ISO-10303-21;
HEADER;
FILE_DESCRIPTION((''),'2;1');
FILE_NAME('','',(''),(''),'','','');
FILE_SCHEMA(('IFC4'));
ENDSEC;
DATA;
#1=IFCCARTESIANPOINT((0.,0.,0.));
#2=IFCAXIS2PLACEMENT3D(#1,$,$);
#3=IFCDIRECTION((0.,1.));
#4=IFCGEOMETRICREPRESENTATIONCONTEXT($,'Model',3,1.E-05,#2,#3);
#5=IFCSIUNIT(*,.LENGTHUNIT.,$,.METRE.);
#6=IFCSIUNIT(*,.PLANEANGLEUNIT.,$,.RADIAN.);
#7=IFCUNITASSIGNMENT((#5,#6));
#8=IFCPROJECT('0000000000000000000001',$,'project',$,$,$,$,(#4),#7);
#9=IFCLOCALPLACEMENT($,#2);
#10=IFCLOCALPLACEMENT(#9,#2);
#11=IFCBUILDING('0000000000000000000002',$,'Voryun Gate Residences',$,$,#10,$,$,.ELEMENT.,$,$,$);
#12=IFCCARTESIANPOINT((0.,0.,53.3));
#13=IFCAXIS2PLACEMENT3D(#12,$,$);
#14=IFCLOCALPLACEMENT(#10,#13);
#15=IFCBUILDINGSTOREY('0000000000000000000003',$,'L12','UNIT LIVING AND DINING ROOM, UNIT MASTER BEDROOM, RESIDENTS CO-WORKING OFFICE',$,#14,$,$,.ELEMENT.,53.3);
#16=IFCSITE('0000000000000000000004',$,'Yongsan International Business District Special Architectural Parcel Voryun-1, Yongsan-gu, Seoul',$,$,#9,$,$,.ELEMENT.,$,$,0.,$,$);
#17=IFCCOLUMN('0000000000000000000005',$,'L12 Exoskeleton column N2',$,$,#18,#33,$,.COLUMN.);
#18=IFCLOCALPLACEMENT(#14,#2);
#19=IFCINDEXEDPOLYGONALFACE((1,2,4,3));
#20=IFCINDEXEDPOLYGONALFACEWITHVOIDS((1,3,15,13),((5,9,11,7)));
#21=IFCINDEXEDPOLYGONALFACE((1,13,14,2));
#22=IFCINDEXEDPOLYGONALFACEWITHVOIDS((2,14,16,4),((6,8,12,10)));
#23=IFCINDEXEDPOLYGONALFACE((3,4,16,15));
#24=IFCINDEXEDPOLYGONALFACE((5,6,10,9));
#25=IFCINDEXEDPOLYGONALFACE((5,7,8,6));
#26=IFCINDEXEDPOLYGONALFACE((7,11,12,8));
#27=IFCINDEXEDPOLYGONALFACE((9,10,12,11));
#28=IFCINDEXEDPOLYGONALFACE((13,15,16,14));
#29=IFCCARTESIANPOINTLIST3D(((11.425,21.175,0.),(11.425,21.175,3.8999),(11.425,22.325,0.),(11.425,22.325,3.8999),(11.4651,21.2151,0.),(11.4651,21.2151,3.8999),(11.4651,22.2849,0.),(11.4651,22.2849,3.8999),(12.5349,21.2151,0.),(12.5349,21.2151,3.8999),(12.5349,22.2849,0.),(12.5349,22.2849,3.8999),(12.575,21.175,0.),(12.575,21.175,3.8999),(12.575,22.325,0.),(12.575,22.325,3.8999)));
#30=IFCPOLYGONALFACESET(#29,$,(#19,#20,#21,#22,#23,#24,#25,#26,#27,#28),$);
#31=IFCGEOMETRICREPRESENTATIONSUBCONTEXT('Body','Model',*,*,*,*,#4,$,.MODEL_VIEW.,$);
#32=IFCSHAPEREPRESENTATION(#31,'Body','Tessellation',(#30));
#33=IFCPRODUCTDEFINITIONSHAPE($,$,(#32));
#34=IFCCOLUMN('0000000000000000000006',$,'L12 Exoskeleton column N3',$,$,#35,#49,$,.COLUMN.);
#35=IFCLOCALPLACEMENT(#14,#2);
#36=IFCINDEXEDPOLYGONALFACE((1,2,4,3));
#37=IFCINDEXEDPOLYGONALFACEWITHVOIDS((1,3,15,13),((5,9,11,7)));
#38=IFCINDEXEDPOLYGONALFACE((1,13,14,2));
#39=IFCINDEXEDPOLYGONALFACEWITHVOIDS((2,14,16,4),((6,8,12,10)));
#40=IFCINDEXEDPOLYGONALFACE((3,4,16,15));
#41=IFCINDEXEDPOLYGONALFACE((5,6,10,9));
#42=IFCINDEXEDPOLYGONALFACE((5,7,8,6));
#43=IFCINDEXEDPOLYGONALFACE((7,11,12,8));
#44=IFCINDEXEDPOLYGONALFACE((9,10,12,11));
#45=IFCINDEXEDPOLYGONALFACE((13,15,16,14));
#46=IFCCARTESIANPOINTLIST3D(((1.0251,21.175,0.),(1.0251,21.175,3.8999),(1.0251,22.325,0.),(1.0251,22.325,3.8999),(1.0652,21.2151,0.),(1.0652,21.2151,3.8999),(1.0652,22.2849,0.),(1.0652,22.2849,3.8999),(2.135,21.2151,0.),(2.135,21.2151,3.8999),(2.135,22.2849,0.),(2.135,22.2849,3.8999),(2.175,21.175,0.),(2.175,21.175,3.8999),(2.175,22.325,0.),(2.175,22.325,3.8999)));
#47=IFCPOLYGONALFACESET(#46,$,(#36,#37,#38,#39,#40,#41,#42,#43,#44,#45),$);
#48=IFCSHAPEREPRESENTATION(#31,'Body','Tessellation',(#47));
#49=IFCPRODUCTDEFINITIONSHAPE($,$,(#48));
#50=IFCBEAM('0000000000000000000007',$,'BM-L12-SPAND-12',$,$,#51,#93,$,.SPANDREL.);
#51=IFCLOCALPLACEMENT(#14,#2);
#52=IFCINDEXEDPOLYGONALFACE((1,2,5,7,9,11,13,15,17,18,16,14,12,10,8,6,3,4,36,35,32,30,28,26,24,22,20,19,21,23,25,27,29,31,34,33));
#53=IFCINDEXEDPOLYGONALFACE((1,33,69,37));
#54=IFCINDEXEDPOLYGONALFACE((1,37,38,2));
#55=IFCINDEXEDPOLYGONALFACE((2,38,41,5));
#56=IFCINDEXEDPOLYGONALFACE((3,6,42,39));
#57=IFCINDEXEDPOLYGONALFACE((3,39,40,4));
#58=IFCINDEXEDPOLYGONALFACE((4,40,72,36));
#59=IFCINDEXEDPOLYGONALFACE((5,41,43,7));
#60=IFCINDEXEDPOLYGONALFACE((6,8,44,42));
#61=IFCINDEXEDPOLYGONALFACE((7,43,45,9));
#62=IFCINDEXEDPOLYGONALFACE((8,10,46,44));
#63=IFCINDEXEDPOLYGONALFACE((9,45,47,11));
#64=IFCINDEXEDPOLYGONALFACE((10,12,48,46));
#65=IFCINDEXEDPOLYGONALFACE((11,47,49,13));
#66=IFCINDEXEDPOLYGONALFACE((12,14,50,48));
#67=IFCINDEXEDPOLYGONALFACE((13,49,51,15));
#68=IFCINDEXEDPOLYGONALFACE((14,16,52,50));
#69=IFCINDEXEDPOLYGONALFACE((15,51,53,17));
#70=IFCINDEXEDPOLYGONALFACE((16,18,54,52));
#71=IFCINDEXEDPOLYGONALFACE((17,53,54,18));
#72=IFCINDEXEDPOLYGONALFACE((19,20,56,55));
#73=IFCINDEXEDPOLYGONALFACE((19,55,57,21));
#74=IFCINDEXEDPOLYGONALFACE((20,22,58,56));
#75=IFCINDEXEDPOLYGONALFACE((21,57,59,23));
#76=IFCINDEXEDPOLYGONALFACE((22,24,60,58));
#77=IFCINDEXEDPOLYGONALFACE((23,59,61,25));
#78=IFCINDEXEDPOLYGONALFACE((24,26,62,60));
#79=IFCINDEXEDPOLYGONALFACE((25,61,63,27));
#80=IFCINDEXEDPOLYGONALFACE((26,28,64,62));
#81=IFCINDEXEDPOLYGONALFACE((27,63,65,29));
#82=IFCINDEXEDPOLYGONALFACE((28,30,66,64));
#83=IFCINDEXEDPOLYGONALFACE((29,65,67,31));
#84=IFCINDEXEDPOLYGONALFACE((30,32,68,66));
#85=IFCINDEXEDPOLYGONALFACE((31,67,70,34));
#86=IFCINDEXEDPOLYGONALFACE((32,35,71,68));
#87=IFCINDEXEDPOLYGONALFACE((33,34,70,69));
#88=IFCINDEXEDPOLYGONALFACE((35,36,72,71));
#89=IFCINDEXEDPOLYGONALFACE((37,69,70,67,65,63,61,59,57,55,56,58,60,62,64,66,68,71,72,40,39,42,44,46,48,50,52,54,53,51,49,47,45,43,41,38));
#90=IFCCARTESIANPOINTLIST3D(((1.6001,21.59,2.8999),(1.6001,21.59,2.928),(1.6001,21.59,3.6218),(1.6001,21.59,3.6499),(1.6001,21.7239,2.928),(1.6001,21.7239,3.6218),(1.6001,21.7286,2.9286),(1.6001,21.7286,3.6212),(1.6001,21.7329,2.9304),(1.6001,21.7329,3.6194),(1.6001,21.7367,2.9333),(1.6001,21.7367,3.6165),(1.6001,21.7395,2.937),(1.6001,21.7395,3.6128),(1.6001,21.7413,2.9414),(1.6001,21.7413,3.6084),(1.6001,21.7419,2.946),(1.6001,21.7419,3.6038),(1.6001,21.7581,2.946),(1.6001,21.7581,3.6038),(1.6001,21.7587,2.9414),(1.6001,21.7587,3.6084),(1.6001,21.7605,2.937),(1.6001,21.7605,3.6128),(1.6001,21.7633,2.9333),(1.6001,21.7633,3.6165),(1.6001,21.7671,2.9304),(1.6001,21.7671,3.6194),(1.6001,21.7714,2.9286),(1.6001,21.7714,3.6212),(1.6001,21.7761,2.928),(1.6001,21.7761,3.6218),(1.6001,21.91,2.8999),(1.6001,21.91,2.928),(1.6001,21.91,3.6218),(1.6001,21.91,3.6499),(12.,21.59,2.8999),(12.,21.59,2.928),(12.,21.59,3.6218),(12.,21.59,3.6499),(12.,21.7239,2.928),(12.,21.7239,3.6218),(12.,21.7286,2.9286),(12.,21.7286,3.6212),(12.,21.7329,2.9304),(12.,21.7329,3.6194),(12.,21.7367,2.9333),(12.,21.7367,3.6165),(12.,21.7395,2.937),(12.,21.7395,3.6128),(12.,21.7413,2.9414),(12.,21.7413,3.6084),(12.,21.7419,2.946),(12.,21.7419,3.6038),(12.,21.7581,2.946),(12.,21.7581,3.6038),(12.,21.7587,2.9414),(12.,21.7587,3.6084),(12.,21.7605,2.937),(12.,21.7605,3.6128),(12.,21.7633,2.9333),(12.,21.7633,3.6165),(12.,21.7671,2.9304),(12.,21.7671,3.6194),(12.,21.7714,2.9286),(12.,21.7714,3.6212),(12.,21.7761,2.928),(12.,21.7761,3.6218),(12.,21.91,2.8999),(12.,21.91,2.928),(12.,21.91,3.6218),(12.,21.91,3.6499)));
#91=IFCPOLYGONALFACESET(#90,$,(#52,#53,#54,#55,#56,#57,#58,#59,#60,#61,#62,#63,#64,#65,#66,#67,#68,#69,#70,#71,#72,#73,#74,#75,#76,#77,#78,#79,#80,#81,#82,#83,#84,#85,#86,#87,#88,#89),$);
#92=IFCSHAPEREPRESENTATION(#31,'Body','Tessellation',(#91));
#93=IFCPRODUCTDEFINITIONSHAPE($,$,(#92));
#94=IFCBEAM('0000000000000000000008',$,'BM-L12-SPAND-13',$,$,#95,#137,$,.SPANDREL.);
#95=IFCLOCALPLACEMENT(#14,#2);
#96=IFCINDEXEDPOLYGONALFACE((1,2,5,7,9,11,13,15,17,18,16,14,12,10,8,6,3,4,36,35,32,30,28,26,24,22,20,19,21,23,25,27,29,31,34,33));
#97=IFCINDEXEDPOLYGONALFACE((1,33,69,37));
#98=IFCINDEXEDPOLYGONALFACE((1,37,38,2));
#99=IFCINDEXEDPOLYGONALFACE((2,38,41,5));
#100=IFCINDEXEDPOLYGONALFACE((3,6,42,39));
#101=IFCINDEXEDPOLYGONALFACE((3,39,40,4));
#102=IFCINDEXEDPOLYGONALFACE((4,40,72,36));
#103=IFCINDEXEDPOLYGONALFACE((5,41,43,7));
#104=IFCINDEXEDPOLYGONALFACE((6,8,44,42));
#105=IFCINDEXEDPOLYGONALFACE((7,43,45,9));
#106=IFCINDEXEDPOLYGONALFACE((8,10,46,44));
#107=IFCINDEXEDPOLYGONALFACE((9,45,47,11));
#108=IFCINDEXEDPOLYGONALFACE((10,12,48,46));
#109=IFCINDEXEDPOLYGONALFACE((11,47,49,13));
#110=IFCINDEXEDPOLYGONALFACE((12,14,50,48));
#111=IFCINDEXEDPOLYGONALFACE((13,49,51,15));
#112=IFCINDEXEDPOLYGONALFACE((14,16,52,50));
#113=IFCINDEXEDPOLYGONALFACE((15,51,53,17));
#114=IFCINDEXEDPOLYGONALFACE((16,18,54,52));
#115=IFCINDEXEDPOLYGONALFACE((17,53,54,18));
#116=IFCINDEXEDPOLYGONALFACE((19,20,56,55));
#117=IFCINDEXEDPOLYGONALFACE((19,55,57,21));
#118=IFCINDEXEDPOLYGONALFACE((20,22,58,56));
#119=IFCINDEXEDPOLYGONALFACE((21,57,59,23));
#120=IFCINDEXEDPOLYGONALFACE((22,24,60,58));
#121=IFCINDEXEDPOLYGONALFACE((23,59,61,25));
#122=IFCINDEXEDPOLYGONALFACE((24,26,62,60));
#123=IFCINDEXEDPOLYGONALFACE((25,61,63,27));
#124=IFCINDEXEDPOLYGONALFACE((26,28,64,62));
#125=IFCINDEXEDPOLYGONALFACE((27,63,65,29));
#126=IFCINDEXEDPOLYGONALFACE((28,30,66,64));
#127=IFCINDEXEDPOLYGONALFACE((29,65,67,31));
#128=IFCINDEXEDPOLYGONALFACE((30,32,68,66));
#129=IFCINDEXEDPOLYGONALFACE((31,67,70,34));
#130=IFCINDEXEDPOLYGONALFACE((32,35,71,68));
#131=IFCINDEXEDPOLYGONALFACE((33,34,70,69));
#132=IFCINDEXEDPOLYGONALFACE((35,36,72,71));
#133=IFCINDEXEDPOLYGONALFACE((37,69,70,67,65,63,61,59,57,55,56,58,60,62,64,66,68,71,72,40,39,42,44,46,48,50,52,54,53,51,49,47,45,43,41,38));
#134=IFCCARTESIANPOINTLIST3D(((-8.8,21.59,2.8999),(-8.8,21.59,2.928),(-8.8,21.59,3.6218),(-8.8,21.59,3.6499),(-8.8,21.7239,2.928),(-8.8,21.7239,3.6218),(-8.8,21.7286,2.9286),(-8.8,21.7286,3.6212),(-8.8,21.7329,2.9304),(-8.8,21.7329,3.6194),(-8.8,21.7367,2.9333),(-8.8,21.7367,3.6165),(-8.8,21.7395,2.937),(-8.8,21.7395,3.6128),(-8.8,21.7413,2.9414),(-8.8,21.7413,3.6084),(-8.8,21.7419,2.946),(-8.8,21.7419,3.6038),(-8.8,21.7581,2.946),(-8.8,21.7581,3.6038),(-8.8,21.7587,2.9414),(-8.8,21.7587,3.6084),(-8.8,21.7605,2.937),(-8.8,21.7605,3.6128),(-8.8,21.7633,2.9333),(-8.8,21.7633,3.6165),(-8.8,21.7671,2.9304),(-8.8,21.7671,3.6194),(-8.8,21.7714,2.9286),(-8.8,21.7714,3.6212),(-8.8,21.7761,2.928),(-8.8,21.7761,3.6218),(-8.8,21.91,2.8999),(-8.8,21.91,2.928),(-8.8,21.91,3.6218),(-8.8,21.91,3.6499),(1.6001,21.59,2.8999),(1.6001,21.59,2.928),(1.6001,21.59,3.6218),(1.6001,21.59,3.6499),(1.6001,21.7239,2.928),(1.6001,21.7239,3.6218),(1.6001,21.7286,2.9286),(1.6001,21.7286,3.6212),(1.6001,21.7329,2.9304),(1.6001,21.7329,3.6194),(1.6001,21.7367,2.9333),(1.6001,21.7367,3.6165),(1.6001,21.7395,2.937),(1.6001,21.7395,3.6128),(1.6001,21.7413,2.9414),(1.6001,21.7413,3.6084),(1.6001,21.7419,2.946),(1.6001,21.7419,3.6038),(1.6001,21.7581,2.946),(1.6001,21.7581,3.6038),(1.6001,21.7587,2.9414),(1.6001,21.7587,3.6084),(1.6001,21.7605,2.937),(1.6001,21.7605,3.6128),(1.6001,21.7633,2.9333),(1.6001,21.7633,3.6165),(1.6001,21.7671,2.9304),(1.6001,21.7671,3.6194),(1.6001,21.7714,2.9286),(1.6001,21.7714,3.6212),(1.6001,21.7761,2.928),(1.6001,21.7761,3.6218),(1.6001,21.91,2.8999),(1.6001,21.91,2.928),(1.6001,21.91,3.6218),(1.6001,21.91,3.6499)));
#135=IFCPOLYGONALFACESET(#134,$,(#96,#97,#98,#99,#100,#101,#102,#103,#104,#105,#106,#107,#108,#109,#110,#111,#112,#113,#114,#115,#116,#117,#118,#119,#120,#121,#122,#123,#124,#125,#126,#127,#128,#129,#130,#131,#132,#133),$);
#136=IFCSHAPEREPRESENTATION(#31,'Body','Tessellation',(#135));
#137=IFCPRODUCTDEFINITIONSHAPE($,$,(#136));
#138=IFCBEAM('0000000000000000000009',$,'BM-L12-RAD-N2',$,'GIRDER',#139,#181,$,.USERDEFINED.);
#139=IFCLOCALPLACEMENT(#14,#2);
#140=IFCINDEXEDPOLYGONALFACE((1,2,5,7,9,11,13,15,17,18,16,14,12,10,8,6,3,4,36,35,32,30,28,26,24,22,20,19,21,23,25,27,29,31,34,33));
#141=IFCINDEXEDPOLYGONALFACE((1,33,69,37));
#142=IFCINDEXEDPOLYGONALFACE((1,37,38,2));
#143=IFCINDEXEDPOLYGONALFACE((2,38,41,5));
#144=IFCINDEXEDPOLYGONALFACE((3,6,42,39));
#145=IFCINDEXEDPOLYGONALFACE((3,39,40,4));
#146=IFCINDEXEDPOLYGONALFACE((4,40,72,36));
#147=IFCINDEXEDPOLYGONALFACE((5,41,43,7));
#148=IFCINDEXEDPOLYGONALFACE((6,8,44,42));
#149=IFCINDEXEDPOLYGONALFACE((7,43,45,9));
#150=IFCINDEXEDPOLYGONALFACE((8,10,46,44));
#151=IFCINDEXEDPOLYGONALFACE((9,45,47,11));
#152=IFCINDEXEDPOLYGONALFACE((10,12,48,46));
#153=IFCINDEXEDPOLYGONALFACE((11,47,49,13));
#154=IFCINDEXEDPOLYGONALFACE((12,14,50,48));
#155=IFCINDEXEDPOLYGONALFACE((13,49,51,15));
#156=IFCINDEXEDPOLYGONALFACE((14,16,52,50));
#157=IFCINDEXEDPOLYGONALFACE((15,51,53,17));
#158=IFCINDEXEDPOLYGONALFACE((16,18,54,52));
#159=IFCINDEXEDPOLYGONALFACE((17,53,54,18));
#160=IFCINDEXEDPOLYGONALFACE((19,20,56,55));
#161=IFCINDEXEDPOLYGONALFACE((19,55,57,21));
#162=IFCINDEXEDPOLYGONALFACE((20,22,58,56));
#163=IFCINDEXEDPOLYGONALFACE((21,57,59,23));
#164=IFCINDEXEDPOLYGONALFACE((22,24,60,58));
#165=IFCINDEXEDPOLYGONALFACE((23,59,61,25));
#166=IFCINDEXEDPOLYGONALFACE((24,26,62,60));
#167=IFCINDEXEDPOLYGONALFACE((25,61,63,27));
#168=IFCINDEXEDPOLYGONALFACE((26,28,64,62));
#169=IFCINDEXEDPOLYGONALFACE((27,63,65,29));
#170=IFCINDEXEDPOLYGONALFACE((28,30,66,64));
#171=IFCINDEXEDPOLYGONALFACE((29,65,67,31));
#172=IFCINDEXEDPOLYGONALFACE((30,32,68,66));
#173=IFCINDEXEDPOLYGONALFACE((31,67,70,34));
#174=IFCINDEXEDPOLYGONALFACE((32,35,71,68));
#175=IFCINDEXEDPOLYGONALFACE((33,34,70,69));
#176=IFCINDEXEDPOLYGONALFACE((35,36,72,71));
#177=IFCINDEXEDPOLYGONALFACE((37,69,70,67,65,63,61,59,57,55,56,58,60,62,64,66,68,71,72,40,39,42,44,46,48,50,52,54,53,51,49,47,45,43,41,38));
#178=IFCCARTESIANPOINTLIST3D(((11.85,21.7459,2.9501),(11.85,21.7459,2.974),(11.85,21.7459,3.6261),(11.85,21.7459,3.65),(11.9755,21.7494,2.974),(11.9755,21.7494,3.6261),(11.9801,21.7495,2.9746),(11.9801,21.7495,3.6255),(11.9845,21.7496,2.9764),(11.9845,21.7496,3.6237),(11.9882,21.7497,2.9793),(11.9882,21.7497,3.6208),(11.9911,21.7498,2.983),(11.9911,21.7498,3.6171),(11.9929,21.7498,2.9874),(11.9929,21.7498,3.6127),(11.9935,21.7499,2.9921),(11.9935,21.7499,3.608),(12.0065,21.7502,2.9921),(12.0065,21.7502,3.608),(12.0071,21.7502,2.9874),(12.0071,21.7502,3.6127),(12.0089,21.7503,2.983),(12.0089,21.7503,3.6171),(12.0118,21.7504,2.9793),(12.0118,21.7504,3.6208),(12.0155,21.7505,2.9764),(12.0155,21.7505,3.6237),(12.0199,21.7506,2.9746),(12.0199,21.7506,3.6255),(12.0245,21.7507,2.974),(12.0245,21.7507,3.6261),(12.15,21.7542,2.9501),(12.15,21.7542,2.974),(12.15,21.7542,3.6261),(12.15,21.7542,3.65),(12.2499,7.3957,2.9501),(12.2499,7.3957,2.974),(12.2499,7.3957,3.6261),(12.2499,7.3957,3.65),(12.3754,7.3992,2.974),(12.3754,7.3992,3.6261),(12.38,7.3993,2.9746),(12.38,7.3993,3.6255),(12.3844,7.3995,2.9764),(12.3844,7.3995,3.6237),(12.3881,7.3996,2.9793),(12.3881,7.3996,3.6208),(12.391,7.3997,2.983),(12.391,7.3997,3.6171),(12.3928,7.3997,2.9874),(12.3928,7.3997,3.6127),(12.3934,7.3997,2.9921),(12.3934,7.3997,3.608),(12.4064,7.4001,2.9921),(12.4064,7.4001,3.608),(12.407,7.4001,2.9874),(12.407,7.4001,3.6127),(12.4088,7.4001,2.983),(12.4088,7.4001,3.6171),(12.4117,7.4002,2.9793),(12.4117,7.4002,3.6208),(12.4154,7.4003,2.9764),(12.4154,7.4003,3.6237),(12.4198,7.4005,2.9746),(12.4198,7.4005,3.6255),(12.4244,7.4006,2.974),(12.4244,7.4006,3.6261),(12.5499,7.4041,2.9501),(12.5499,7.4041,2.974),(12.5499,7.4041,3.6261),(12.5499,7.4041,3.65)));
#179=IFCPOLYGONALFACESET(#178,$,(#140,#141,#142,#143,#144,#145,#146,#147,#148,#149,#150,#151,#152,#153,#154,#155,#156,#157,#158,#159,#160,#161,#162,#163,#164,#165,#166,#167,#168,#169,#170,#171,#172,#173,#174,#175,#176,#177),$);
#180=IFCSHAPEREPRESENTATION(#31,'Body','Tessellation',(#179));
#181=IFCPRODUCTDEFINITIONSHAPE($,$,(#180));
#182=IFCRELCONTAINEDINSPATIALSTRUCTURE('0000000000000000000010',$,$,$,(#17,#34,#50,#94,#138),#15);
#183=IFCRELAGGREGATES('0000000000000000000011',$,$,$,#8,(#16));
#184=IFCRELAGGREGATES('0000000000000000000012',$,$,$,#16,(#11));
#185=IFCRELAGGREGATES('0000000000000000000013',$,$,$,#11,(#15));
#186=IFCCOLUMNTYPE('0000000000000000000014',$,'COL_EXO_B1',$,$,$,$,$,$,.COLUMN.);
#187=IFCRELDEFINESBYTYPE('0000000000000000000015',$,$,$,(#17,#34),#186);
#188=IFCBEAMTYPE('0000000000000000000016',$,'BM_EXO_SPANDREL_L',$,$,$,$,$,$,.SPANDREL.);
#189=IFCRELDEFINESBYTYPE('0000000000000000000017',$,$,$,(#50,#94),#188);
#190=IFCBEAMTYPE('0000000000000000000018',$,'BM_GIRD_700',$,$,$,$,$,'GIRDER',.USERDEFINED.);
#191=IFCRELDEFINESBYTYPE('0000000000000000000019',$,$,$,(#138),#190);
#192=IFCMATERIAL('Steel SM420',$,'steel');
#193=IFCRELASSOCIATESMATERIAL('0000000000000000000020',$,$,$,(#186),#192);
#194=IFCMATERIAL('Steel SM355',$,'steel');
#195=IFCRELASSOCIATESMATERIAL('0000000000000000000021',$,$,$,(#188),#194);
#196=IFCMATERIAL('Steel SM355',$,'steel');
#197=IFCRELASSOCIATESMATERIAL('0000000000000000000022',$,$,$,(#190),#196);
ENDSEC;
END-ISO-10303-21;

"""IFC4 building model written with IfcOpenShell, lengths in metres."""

from ifc_helpers import new_model, si_unit, direction, frame, origin, origin_2d, place, context, subcontext, project, spatial, hollow_rectangle, i_section, extrude, material, material_profile, profile_set, type_object, element, save


model = new_model("IFC4")

# Units and contexts
model_context = context("Model", 3, precision=1e-05, world=origin(), true_north=direction((0.0, 1.0)))
body_context = subcontext(model_context, "Body", "Model", "MODEL_VIEW")
ifc_project = project(units=[si_unit("LENGTHUNIT", "METRE"), si_unit("PLANEANGLEUNIT", "RADIAN")], contexts=[model_context])

# Site, building, storey
site_placement = place(None, origin())
site = spatial("IfcSite", under=ifc_project, at=site_placement, Name="Yongsan International Business District Special Architectural Parcel Voryun-1, Yongsan-gu, Seoul", CompositionType="ELEMENT", RefElevation=0.0)
building_placement = place(site_placement, origin())
building = spatial("IfcBuilding", under=site, at=building_placement, Name="Voryun Gate Residences", CompositionType="ELEMENT")
storey_placement = place(building_placement, frame((0.0, 0.0, 53.3)))
storey = spatial("IfcBuildingStorey", under=building, at=storey_placement, Name="L12", Description="UNIT LIVING AND DINING ROOM, UNIT MASTER BEDROOM, RESIDENTS CO-WORKING OFFICE", CompositionType="ELEMENT", Elevation=53.3)

# Columns
ifc_material_1 = material(Name="Steel SM420", Category="steel")
ifc_material_profile_1 = material_profile(ifc_material_1, hollow_rectangle(XDim=1.1499, YDim=1.1499, WallThickness=0.04, at=origin_2d()), Name="BOX-1150x1150x40")
ifc_profile_set_1 = profile_set([ifc_material_profile_1], Name="Steel SM420")
column_type = type_object("IfcColumnType", Name="COL_EXO_B1", PredefinedType="COLUMN", material=ifc_profile_set_1)
for number, where, z_axis, x_axis, name in (
    (1, (12.0, 21.75, 0.0), (0.0, 0.0, 1.0), (1.0, 0.0, 0.0), "L12 Exoskeleton column N2"),
    (2, (1.6001, 21.75, 0.0), (0.0, 0.0, 1.0), (1.0, 0.0, 0.0), "L12 Exoskeleton column N3"),
):
    element("IfcColumn", number, at=place(storey_placement, frame(where, z_axis=z_axis, x_axis=x_axis)), inside=storey, type_object=column_type, Name=name, PredefinedType="COLUMN", context=body_context, shape_type="SweptSolid", body=[
        extrude(hollow_rectangle(XDim=1.1499, YDim=1.1499, WallThickness=0.04, at=origin_2d()), origin(), (0.0, 0.0, 1.0), 3.8999),
    ])

# Beams
ifc_material_2 = material(Name="Steel SM355", Category="steel")
ifc_material_profile_2 = material_profile(ifc_material_2, i_section(OverallWidth=0.3201, OverallDepth=0.75, WebThickness=0.0161, FlangeThickness=0.0281, FilletRadius=0.0181, at=origin_2d()), Name="H-750x320x16x28")
ifc_profile_set_2 = profile_set([ifc_material_profile_2], Name="Steel SM355")
beam_type_1 = type_object("IfcBeamType", Name="BM_EXO_SPANDREL_L", PredefinedType="SPANDREL", material=ifc_profile_set_2)
beam_1_placement = place(storey_placement, frame((12.0, 21.75, 3.2749), z_axis=(-1.0, 0.0, 0.0), x_axis=(0.0, -1.0, 0.0)))
element("IfcBeam", 3, at=beam_1_placement, inside=storey, type_object=beam_type_1, Name="BM-L12-SPAND-12", PredefinedType="SPANDREL", context=body_context, shape_type="SweptSolid", body=[
    extrude(i_section(OverallWidth=0.3201, OverallDepth=0.75, WebThickness=0.0161, FlangeThickness=0.0281, FilletRadius=0.0181, at=origin_2d()), origin(), (0.0, 0.0, 1.0), 10.3999),
])
beam_2_placement = place(storey_placement, frame((1.6001, 21.75, 3.2749), z_axis=(-1.0, 0.0, 0.0), x_axis=(0.0, -1.0, 0.0)))
element("IfcBeam", 4, at=beam_2_placement, inside=storey, type_object=beam_type_1, Name="BM-L12-SPAND-13", PredefinedType="SPANDREL", context=body_context, shape_type="SweptSolid", body=[
    extrude(i_section(OverallWidth=0.3201, OverallDepth=0.75, WebThickness=0.0161, FlangeThickness=0.0281, FilletRadius=0.0181, at=origin_2d()), origin(), (0.0, 0.0, 1.0), 10.4001),
])
ifc_material_3 = material(Name="Steel SM355", Category="steel")
ifc_material_profile_3 = material_profile(ifc_material_3, i_section(OverallWidth=0.3, OverallDepth=0.7, WebThickness=0.0129, FlangeThickness=0.0239, FilletRadius=0.0181, at=origin_2d()), Name="H-700x300x13x24")
ifc_profile_set_3 = profile_set([ifc_material_profile_3], Name="Steel SM355")
beam_type_2 = type_object("IfcBeamType", Name="BM_GIRD_700", ElementType="GIRDER", PredefinedType="USERDEFINED", material=ifc_profile_set_3)
beam_3_placement = place(storey_placement, frame((12.3999, 7.3999, 3.3), z_axis=(-0.027857, 0.999612, 0.0), x_axis=(-0.999612, -0.027857, 0.0)))
element("IfcBeam", 5, at=beam_3_placement, inside=storey, type_object=beam_type_2, Name="BM-L12-RAD-N2", ObjectType="GIRDER", PredefinedType="USERDEFINED", context=body_context, shape_type="SweptSolid", body=[
    extrude(i_section(OverallWidth=0.3, OverallDepth=0.7, WebThickness=0.0129, FlangeThickness=0.0239, FilletRadius=0.0181, at=origin_2d()), origin(), (0.0, 0.0, 1.0), 14.3557),
])

save(model, "model.ifc")
